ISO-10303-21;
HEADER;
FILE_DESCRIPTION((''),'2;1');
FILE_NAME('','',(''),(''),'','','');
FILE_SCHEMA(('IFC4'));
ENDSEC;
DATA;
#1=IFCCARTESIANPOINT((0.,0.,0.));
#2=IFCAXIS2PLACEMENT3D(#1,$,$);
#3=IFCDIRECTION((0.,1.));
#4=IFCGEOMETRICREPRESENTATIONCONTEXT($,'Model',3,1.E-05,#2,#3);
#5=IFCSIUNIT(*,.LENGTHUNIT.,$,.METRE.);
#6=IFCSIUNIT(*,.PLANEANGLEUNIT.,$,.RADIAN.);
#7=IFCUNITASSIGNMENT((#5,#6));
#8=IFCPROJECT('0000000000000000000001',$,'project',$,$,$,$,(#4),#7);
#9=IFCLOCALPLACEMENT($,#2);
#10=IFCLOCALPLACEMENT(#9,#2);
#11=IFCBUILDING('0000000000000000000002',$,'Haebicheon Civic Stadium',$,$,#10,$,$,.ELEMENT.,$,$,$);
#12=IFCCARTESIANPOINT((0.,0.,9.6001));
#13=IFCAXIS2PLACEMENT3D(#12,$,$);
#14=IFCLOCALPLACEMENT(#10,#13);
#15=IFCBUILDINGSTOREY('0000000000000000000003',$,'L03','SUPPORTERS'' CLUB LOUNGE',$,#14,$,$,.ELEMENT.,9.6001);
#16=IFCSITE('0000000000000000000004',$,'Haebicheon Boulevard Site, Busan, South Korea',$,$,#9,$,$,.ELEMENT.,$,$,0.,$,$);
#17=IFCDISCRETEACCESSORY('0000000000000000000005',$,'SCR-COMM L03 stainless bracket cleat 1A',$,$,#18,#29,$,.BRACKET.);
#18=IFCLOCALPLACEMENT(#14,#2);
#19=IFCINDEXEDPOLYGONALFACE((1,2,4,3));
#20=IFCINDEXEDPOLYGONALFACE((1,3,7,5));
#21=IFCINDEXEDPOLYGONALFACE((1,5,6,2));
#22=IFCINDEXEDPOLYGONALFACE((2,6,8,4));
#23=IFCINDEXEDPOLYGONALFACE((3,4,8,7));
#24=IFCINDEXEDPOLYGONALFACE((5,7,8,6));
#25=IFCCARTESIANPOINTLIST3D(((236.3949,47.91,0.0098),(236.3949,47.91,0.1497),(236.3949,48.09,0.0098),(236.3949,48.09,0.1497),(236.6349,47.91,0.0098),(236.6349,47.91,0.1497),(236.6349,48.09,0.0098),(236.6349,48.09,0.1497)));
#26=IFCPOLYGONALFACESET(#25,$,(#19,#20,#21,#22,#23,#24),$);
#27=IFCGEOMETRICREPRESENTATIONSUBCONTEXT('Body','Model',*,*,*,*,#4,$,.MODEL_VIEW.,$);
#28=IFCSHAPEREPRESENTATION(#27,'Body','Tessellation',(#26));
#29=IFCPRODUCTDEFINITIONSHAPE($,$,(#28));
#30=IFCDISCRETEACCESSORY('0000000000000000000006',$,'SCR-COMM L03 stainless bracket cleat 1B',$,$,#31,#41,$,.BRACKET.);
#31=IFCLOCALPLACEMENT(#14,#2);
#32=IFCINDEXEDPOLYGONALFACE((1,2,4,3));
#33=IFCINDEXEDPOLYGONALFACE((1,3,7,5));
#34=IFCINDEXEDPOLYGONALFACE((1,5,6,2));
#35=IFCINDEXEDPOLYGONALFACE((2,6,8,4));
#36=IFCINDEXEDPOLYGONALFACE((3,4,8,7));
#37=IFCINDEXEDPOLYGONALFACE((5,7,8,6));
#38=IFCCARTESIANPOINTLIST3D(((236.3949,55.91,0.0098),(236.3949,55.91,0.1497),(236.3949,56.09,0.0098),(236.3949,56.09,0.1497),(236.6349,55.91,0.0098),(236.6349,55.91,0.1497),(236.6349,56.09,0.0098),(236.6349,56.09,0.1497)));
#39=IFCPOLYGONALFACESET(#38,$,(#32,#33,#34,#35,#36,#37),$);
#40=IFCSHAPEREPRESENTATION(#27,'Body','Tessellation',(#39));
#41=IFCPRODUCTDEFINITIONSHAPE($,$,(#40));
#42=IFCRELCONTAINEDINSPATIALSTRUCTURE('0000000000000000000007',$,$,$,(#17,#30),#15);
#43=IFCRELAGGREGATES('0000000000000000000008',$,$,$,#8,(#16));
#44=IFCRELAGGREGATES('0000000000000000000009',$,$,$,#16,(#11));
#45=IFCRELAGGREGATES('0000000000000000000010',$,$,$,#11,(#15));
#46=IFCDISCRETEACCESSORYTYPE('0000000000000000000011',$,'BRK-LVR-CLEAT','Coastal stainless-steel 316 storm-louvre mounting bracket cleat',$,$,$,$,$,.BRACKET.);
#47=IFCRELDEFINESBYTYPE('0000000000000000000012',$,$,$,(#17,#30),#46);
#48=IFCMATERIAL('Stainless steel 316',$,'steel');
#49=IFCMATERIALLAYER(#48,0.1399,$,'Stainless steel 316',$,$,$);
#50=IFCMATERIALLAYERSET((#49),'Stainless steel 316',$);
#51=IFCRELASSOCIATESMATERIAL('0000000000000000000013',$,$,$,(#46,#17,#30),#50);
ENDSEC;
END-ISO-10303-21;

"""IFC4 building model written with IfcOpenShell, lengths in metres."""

from ifc_helpers import new_model, si_unit, direction, frame, origin, origin_2d, place, context, subcontext, project, spatial, rectangle, extrude, material, layer, layer_set, type_object, element, save


model = new_model("IFC4")

# Units and contexts
model_context = context("Model", 3, precision=1e-05, world=origin(), true_north=direction((0.0, 1.0)))
body_context = subcontext(model_context, "Body", "Model", "MODEL_VIEW")
ifc_project = project(units=[si_unit("LENGTHUNIT", "METRE"), si_unit("PLANEANGLEUNIT", "RADIAN")], contexts=[model_context])

# Site, building, storey
site_placement = place(None, origin())
site = spatial("IfcSite", under=ifc_project, at=site_placement, Name="Haebicheon Boulevard Site, Busan, South Korea", CompositionType="ELEMENT", RefElevation=0.0)
building_placement = place(site_placement, origin())
building = spatial("IfcBuilding", under=site, at=building_placement, Name="Haebicheon Civic Stadium", CompositionType="ELEMENT")
storey_placement = place(building_placement, frame((0.0, 0.0, 9.6001)))
storey = spatial("IfcBuildingStorey", under=building, at=storey_placement, Name="L03", Description="SUPPORTERS' CLUB LOUNGE", CompositionType="ELEMENT", Elevation=9.6001)

# Discrete accessories
ifc_material_1 = material(Name="Stainless steel 316", Category="steel")
ifc_layer_1 = layer(ifc_material_1, 0.1399, Name="Stainless steel 316")
ifc_layer_set_1 = layer_set([ifc_layer_1], Name="Stainless steel 316")
discrete_accessory_type_1 = type_object("IfcDiscreteAccessoryType", Name="BRK-LVR-CLEAT", Description="Coastal stainless-steel 316 storm-louvre mounting bracket cleat", PredefinedType="BRACKET", material=ifc_layer_set_1)
for number, where, z_axis, x_axis, name in (
    (1, (236.5149, 48.0, 0.0098), (0.0, 0.0, 1.0), (1.0, 0.0, 0.0), "SCR-COMM L03 stainless bracket cleat 1A"),
    (2, (236.5149, 56.0, 0.0098), (0.0, 0.0, 1.0), (1.0, 0.0, 0.0), "SCR-COMM L03 stainless bracket cleat 1B"),
):
    element("IfcDiscreteAccessory", number, at=place(storey_placement, frame(where, z_axis=z_axis, x_axis=x_axis)), inside=storey, type_object=discrete_accessory_type_1, material=ifc_layer_set_1, Name=name, PredefinedType="BRACKET", context=body_context, shape_type="SweptSolid", body=[
        extrude(rectangle(XDim=0.24, YDim=0.1799, at=origin_2d()), origin(), (0.0, 0.0, 1.0), 0.1399),
    ])

save(model, "model.ifc")
